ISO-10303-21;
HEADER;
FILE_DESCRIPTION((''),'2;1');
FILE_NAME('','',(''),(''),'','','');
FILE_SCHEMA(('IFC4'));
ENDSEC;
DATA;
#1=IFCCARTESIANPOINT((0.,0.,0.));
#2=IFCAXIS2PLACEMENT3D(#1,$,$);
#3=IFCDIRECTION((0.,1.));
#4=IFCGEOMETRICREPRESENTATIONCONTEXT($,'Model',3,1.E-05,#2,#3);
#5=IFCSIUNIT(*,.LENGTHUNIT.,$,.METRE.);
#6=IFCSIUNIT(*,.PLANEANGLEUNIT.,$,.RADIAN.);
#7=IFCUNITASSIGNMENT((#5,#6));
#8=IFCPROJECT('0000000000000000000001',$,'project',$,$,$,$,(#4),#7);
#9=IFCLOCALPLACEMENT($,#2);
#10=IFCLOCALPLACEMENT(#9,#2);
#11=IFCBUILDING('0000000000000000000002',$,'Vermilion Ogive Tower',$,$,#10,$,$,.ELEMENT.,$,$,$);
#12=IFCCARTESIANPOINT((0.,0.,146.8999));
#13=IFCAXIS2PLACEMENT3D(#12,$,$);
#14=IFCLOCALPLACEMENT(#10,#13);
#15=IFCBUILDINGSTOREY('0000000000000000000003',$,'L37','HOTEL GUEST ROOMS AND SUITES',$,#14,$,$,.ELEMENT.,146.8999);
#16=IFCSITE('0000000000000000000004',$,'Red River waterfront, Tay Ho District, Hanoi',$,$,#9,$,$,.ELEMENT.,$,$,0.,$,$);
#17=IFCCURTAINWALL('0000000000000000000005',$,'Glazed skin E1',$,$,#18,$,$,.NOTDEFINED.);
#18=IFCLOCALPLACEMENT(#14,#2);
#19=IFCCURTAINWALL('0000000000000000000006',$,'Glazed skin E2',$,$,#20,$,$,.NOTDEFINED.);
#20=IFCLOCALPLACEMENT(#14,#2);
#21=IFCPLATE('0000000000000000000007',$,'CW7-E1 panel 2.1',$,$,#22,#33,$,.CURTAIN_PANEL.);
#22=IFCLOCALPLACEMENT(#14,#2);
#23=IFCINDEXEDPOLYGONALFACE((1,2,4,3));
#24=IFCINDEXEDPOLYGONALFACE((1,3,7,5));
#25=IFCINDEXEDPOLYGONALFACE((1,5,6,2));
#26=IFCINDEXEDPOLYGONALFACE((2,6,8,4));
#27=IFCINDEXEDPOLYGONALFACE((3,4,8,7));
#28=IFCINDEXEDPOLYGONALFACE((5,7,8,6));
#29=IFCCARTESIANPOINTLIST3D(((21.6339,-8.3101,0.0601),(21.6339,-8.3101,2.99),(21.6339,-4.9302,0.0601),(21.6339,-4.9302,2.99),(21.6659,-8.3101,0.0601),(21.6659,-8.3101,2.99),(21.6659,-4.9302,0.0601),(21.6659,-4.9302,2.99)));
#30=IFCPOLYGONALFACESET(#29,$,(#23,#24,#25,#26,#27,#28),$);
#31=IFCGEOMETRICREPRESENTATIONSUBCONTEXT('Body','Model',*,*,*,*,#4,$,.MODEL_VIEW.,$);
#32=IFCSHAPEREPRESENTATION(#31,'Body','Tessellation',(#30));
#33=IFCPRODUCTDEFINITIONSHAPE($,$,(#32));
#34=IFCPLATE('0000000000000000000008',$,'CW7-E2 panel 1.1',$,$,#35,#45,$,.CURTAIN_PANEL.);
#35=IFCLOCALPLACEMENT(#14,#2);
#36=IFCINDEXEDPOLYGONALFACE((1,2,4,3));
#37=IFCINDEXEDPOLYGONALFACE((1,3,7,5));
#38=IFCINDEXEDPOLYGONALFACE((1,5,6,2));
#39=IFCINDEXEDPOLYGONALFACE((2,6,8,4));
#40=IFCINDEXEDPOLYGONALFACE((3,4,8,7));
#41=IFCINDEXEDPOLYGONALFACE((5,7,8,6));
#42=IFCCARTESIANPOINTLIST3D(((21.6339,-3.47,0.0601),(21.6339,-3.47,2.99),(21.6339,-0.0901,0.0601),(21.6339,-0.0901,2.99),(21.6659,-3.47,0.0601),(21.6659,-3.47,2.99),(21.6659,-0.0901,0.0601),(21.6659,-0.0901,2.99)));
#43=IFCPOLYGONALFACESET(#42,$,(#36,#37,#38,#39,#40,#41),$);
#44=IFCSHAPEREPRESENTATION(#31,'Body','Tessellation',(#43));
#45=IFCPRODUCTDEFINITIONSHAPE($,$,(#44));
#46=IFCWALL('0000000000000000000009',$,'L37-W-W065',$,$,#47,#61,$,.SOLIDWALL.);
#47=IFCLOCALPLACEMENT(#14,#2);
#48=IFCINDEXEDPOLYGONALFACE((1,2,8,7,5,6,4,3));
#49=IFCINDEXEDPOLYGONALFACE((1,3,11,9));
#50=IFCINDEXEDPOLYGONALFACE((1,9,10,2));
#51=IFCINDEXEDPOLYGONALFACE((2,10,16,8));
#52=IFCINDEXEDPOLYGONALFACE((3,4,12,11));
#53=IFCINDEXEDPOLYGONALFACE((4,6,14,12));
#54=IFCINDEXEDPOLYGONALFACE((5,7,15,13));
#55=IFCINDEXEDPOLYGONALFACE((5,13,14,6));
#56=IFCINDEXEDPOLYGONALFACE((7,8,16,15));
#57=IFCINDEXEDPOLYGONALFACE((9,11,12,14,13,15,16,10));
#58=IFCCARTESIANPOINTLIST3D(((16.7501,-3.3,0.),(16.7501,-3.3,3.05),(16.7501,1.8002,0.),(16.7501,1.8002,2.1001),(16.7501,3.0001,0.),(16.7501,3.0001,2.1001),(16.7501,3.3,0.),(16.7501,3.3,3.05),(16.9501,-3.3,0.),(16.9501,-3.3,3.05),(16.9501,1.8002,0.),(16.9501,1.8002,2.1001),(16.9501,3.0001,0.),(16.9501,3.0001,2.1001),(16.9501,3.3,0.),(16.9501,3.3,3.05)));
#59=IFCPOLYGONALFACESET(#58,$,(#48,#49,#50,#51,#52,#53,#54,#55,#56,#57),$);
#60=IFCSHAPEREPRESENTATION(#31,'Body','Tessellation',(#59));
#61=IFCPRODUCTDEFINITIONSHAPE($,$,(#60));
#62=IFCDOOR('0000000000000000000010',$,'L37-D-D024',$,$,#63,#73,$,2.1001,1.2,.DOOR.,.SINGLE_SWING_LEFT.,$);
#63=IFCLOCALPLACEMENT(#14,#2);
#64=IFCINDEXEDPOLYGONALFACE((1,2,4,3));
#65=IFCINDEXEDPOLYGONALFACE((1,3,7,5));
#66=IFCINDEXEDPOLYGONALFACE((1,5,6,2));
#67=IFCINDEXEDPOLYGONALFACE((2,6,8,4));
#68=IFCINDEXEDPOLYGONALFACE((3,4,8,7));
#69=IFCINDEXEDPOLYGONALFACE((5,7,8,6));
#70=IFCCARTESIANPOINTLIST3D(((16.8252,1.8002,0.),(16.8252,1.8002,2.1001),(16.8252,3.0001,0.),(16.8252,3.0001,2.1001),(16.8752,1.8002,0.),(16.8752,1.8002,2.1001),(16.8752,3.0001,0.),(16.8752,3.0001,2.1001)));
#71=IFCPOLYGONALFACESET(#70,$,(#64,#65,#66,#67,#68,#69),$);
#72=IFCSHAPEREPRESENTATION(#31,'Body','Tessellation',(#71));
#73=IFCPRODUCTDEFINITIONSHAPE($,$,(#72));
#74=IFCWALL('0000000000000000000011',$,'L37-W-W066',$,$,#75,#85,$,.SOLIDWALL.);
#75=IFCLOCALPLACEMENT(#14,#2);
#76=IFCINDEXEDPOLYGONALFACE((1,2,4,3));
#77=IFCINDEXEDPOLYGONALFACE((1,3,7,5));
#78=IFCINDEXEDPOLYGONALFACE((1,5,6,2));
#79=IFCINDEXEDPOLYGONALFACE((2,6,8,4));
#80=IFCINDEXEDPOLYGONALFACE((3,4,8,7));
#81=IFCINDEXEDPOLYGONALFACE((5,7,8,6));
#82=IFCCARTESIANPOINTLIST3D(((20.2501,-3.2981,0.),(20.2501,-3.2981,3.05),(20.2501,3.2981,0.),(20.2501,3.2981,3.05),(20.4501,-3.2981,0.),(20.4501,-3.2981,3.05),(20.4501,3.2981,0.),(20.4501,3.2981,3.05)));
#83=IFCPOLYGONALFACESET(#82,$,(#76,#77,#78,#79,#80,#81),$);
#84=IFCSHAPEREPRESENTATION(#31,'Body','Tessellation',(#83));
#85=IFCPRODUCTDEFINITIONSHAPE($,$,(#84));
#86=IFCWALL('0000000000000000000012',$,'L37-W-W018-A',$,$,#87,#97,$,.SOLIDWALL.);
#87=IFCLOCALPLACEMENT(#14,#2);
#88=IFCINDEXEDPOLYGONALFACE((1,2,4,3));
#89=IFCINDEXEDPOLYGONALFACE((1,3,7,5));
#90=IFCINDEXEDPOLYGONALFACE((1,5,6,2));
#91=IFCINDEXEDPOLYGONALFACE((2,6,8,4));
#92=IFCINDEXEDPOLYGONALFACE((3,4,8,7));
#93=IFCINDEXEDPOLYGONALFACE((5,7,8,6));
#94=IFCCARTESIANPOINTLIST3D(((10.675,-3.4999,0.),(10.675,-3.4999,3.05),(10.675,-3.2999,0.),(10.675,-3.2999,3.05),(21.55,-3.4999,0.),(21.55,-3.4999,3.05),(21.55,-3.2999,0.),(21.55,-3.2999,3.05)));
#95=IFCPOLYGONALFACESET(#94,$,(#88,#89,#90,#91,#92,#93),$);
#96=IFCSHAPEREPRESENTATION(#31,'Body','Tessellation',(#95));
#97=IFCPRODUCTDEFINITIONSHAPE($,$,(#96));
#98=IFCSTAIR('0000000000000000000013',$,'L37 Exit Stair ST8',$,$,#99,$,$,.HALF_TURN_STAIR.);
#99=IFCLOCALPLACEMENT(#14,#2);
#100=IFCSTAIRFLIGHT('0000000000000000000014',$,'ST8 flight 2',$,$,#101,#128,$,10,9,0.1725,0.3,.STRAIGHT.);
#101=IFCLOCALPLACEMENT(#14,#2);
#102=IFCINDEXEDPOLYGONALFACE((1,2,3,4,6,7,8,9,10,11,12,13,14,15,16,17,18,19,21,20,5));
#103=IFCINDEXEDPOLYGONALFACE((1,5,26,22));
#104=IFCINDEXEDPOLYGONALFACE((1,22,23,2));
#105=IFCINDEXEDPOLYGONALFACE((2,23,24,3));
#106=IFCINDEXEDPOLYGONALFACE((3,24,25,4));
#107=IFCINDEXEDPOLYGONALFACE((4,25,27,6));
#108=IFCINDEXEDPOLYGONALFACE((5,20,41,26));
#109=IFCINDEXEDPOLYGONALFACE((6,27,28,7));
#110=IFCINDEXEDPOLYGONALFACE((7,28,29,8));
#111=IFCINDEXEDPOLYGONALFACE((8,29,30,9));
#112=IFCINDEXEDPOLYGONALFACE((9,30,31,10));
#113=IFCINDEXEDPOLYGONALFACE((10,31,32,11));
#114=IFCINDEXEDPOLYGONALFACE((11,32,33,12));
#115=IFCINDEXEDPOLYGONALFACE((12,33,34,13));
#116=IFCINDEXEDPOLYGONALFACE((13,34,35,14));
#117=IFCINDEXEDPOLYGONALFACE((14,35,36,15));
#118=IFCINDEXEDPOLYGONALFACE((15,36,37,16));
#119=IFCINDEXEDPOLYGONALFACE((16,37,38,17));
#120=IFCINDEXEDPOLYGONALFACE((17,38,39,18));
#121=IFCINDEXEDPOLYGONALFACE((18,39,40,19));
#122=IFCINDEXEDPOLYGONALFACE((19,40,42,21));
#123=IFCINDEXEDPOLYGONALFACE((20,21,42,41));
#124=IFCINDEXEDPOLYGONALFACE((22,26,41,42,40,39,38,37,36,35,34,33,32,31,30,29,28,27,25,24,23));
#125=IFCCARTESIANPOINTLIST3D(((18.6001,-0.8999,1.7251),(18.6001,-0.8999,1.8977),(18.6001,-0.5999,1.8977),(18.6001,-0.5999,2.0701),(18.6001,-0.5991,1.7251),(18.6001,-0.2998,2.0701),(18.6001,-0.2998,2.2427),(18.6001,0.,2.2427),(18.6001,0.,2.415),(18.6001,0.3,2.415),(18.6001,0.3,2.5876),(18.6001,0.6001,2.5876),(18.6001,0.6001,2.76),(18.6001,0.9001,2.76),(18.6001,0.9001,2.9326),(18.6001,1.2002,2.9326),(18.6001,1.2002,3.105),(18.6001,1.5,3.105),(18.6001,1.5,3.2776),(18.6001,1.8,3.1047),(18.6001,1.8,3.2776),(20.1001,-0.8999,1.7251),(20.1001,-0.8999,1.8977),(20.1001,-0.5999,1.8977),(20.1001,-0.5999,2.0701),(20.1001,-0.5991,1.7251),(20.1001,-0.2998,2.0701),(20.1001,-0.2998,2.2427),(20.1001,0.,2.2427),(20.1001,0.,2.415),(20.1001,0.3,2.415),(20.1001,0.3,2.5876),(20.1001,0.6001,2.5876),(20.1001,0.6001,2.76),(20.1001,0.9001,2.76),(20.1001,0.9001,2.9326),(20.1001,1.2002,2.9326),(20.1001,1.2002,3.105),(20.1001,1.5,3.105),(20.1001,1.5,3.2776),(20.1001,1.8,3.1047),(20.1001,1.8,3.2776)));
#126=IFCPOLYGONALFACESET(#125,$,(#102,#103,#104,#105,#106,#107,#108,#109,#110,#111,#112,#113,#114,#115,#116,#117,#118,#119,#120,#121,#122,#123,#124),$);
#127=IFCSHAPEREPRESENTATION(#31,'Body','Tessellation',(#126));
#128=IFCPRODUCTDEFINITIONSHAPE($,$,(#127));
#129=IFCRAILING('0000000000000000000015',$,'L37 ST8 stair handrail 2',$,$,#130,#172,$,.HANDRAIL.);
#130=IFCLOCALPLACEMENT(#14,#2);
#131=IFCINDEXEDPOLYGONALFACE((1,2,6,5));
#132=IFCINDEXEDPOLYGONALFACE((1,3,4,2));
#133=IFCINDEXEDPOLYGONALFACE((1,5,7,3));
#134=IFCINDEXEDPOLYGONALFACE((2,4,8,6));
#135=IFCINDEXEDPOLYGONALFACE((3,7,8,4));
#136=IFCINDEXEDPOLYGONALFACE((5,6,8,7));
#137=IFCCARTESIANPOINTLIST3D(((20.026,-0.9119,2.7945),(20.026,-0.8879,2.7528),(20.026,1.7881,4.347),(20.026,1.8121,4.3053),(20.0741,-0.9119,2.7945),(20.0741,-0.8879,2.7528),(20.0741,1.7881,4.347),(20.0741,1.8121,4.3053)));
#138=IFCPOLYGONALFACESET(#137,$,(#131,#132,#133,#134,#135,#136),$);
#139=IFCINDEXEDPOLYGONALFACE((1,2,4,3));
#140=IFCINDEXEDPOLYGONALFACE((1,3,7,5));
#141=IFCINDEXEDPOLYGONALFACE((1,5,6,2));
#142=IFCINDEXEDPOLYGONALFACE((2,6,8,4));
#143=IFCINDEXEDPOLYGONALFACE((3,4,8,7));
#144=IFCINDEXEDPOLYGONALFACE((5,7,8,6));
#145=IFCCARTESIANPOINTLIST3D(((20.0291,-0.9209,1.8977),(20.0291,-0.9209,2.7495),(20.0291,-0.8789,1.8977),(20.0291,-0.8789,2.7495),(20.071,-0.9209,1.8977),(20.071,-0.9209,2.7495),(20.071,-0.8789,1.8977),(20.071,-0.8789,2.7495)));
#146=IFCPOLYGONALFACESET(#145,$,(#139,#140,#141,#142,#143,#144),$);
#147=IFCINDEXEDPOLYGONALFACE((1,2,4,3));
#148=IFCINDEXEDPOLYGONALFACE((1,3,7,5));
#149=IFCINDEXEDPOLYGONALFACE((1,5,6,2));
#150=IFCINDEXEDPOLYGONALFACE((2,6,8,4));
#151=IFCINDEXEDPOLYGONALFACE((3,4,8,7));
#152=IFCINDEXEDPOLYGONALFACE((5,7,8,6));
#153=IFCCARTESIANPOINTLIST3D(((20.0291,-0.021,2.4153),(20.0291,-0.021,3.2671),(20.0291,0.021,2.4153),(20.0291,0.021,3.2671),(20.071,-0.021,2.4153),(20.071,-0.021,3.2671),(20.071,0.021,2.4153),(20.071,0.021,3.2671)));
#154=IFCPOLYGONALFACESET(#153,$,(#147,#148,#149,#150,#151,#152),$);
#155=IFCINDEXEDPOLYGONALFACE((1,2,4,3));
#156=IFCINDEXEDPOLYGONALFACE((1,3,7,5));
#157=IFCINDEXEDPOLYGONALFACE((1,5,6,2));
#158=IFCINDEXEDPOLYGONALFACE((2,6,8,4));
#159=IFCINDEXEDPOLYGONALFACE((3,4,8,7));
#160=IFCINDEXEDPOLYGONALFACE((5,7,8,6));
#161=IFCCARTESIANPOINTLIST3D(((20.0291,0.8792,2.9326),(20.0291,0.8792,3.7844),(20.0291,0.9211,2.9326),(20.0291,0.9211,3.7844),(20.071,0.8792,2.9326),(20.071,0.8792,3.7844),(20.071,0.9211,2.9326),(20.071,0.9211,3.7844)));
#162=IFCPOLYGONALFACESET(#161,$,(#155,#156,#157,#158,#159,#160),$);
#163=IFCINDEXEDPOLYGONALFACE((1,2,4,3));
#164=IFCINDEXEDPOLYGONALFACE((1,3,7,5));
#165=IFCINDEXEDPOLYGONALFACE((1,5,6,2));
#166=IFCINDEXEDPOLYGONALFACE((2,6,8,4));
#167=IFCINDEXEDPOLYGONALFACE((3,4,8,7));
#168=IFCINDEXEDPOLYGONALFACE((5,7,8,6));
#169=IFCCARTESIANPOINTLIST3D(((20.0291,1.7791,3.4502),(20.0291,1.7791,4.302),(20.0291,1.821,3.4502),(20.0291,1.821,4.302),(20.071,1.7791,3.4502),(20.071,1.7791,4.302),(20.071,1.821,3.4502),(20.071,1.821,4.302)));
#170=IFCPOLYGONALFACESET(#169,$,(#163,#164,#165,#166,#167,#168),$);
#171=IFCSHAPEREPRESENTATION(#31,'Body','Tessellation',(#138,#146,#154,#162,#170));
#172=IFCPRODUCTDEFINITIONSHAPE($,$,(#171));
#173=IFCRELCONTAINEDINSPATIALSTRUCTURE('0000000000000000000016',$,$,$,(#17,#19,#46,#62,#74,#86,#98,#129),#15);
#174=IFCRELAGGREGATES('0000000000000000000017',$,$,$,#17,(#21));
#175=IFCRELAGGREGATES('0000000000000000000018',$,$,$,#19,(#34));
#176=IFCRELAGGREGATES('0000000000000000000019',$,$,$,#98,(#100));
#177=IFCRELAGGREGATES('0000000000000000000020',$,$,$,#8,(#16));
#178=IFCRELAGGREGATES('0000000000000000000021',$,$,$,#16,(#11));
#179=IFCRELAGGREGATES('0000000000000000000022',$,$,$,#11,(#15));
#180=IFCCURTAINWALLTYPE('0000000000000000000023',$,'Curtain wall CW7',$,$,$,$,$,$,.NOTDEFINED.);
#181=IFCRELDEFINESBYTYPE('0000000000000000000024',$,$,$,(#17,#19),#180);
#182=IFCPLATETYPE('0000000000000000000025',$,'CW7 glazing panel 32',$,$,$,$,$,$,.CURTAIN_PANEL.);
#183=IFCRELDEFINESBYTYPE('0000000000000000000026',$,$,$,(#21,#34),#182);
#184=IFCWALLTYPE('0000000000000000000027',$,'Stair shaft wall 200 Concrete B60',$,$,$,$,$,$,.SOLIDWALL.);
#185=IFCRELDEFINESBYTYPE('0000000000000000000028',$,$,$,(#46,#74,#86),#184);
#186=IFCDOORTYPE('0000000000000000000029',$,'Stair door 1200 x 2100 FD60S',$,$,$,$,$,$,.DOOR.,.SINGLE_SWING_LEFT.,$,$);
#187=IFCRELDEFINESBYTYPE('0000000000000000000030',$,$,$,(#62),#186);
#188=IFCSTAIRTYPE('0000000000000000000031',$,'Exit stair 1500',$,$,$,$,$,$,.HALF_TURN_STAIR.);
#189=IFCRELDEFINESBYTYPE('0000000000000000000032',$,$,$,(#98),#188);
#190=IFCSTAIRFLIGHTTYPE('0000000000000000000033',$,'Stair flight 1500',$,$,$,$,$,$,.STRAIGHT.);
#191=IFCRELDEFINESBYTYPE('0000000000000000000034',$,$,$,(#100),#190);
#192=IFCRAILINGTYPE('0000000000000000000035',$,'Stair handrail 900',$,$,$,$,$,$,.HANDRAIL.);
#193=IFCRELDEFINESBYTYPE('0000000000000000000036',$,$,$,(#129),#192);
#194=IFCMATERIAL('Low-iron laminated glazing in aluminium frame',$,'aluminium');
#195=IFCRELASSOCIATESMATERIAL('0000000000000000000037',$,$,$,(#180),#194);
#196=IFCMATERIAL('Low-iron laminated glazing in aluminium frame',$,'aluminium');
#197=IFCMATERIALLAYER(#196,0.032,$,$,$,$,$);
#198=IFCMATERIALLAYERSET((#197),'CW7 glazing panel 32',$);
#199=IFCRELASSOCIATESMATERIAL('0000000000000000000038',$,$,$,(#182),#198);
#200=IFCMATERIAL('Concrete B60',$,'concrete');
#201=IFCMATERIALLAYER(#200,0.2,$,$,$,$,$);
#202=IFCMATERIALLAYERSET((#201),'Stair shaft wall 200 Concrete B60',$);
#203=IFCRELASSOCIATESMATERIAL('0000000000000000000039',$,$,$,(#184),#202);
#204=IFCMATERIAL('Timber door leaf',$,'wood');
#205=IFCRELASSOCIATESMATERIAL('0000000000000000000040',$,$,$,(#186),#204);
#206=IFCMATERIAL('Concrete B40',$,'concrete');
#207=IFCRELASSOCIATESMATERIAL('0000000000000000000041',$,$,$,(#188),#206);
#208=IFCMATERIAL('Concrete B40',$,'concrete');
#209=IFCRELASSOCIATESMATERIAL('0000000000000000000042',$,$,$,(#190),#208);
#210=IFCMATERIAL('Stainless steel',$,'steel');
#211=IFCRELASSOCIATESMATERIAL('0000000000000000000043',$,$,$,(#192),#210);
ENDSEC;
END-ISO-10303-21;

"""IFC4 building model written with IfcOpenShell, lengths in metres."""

from ifc_helpers import new_model, si_unit, direction, frame, frame_2d, origin, origin_2d, place, context, subcontext, project, spatial, polyline, rectangle, outline, extrude, material, layer, layer_set, type_object, element, fill, aggregate, save


model = new_model("IFC4")

# Units and contexts
model_context = context("Model", 3, precision=1e-05, world=origin(), true_north=direction((0.0, 1.0)))
body_context = subcontext(model_context, "Body", "Model", "MODEL_VIEW")
ifc_project = project(units=[si_unit("LENGTHUNIT", "METRE"), si_unit("PLANEANGLEUNIT", "RADIAN")], contexts=[model_context])

# Site, building, storey
site_placement = place(None, origin())
site = spatial("IfcSite", under=ifc_project, at=site_placement, Name="Red River waterfront, Tay Ho District, Hanoi", CompositionType="ELEMENT", RefElevation=0.0)
building_placement = place(site_placement, origin())
building = spatial("IfcBuilding", under=site, at=building_placement, Name="Vermilion Ogive Tower", CompositionType="ELEMENT")
storey_placement = place(building_placement, frame((0.0, 0.0, 146.8999)))
storey = spatial("IfcBuildingStorey", under=building, at=storey_placement, Name="L37", Description="HOTEL GUEST ROOMS AND SUITES", CompositionType="ELEMENT", Elevation=146.8999)

# Curtain walls
ifc_material_1 = material(Name="Low-iron laminated glazing in aluminium frame", Category="aluminium")
curtain_wall_type = type_object("IfcCurtainWallType", Name="Curtain wall CW7", PredefinedType="NOTDEFINED", material=ifc_material_1)
curtain_wall_1_placement = place(storey_placement, origin())
curtain_wall_1 = element("IfcCurtainWall", 1, at=curtain_wall_1_placement, inside=storey, type_object=curtain_wall_type, Name="Glazed skin E1", PredefinedType="NOTDEFINED")
curtain_wall_2_placement = place(storey_placement, origin())
curtain_wall_2 = element("IfcCurtainWall", 2, at=curtain_wall_2_placement, inside=storey, type_object=curtain_wall_type, Name="Glazed skin E2", PredefinedType="NOTDEFINED")

# Plates
ifc_material_2 = material(Name="Low-iron laminated glazing in aluminium frame", Category="aluminium")
ifc_layer_1 = layer(ifc_material_2, 0.032)
ifc_layer_set_1 = layer_set([ifc_layer_1], Name="CW7 glazing panel 32")
plate_type = type_object("IfcPlateType", Name="CW7 glazing panel 32", PredefinedType="CURTAIN_PANEL", material=ifc_layer_set_1)
plate_1_placement = place(storey_placement, frame((21.6499, -6.6201, 0.0601), z_axis=(0.0, 0.0, 1.0), x_axis=(0.0, 1.0, 0.0)))
plate_1 = element("IfcPlate", 3, at=plate_1_placement, type_object=plate_type, Name="CW7-E1 panel 2.1", PredefinedType="CURTAIN_PANEL", context=body_context, shape_type="SweptSolid", body=[
    extrude(rectangle(XDim=3.3799, YDim=0.032, at=origin_2d()), origin(), (0.0, 0.0, 1.0), 2.9299),
])
aggregate(curtain_wall_1, [plate_1])
plate_2_placement = place(storey_placement, frame((21.6499, -1.78, 0.0601), z_axis=(0.0, 0.0, 1.0), x_axis=(0.0, 1.0, 0.0)))
plate_2 = element("IfcPlate", 4, at=plate_2_placement, type_object=plate_type, Name="CW7-E2 panel 1.1", PredefinedType="CURTAIN_PANEL", context=body_context, shape_type="SweptSolid", body=[
    extrude(rectangle(XDim=3.3799, YDim=0.032, at=origin_2d()), origin(), (0.0, 0.0, 1.0), 2.9299),
])
aggregate(curtain_wall_2, [plate_2])

# Wall, opening, door
ifc_material_3 = material(Name="Concrete B60", Category="concrete")
ifc_layer_2 = layer(ifc_material_3, 0.2)
ifc_layer_set_2 = layer_set([ifc_layer_2], Name="Stair shaft wall 200 Concrete B60")
wall_type = type_object("IfcWallType", Name="Stair shaft wall 200 Concrete B60", PredefinedType="SOLIDWALL", material=ifc_layer_set_2)
wall_1_placement = place(storey_placement, frame((16.8501, -3.3, 0.0), z_axis=(0.0, 0.0, 1.0), x_axis=(0.0, 1.0, 0.0)))
wall_1 = element("IfcWall", 5, at=wall_1_placement, inside=storey, type_object=wall_type, Name="L37-W-W065", PredefinedType="SOLIDWALL", context=body_context, shape_type="SweptSolid", body=[
    extrude(rectangle(XDim=6.6001, YDim=0.2, at=frame_2d((3.3, 0.0))), origin(), (0.0, 0.0, 1.0), 3.05),
])
opening_placement = place(wall_1_placement, frame((5.1001, 0.0, 0.0)))
opening = element("IfcOpeningElement", 6, at=opening_placement, cuts=wall_1, PredefinedType="OPENING", context=body_context, shape_type="SweptSolid", body=[
    extrude(rectangle(XDim=1.2, YDim=2.1001, at=frame_2d((0.6001, 1.05))), frame((0.0, 0.1099, 0.0), z_axis=(0.0, -1.0, 0.0), x_axis=(1.0, 0.0, 0.0)), (0.0, 0.0, 1.0), 0.22),
])
ifc_material_4 = material(Name="Timber door leaf", Category="wood")
door_type = type_object("IfcDoorType", Name="Stair door 1200 x 2100 FD60S", OperationType="SINGLE_SWING_LEFT", PredefinedType="DOOR", material=ifc_material_4)
door_placement = place(opening_placement, origin())
door = element("IfcDoor", 7, at=door_placement, inside=storey, type_object=door_type, Name="L37-D-D024", OperationType="SINGLE_SWING_LEFT", OverallHeight=2.1001, OverallWidth=1.2, PredefinedType="DOOR", context=body_context, shape_type="SweptSolid", body=[
    extrude(rectangle(XDim=1.2, YDim=2.1001, at=frame_2d((0.6001, 1.05))), frame((0.0, 0.0249, 0.0), z_axis=(0.0, -1.0, 0.0), x_axis=(1.0, 0.0, 0.0)), (0.0, 0.0, 1.0), 0.05),
])
fill(opening, door)

# Walls
wall_2_placement = place(storey_placement, frame((20.3501, -3.2981, 0.0), z_axis=(0.0, 0.0, 1.0), x_axis=(0.0, 1.0, 0.0)))
element("IfcWall", 8, at=wall_2_placement, inside=storey, type_object=wall_type, Name="L37-W-W066", PredefinedType="SOLIDWALL", context=body_context, shape_type="SweptSolid", body=[
    extrude(rectangle(XDim=6.5962, YDim=0.2, at=frame_2d((3.2981, 0.0))), origin(), (0.0, 0.0, 1.0), 3.05),
])
wall_3_placement = place(storey_placement, frame((10.675, -3.3999, 0.0), z_axis=(0.0, 0.0, 1.0), x_axis=(1.0, 0.0, 0.0)))
element("IfcWall", 9, at=wall_3_placement, inside=storey, type_object=wall_type, Name="L37-W-W018-A", PredefinedType="SOLIDWALL", context=body_context, shape_type="SweptSolid", body=[
    extrude(rectangle(XDim=10.875, YDim=0.2, at=frame_2d((5.4375, 0.0))), origin(), (0.0, 0.0, 1.0), 3.05),
])

# Stair, stair flight
ifc_material_5 = material(Name="Concrete B40", Category="concrete")
stair_type = type_object("IfcStairType", Name="Exit stair 1500", PredefinedType="HALF_TURN_STAIR", material=ifc_material_5)
stair_placement = place(storey_placement, origin())
stair = element("IfcStair", 10, at=stair_placement, inside=storey, type_object=stair_type, Name="L37 Exit Stair ST8", PredefinedType="HALF_TURN_STAIR")
ifc_material_6 = material(Name="Concrete B40", Category="concrete")
stair_flight_type = type_object("IfcStairFlightType", Name="Stair flight 1500", PredefinedType="STRAIGHT", material=ifc_material_6)
stair_flight_placement = place(storey_placement, frame((19.3501, -0.8999, 1.7251), z_axis=(0.0, 0.0, 1.0), x_axis=(0.0, 1.0, 0.0)))
stair_flight = element("IfcStairFlight", 11, at=stair_flight_placement, type_object=stair_flight_type, Name="ST8 flight 2", NumberOfRisers=10, NumberOfTreads=9, PredefinedType="STRAIGHT", RiserHeight=0.1725, TreadLength=0.3, context=body_context, shape_type="SweptSolid", body=[
    extrude(outline(polyline([(0.0, 0.0), (0.0, 0.1726), (0.3, 0.1726), (0.3, 0.345), (0.6001, 0.345), (0.6001, 0.5176), (0.8999, 0.5176), (0.8999, 0.6899), (1.2, 0.6899), (1.2, 0.8625), (1.5, 0.8625), (1.5, 1.0349), (1.8, 1.0349), (1.8, 1.2075), (2.1001, 1.2075), (2.1001, 1.3799), (2.3999, 1.3799), (2.3999, 1.5525), (2.7, 1.5525), (2.7, 1.7251), (2.7, 1.3796), (0.3008, 0.0), (0.0, 0.0)])), frame((0.0, 0.75, 0.0), z_axis=(0.0, -1.0, 0.0), x_axis=(1.0, 0.0, 0.0)), (0.0, 0.0, 1.0), 1.5),
])
aggregate(stair, [stair_flight])

# Railing
ifc_material_7 = material(Name="Stainless steel", Category="steel")
railing_type = type_object("IfcRailingType", Name="Stair handrail 900", PredefinedType="HANDRAIL", material=ifc_material_7)
railing_placement = place(storey_placement, frame((20.05, -0.8999, 1.8977)))
element("IfcRailing", 12, at=railing_placement, inside=storey, type_object=railing_type, Name="L37 ST8 stair handrail 2", PredefinedType="HANDRAIL", context=body_context, shape_type="SweptSolid", body=[
    extrude(rectangle(XDim=0.0481, YDim=0.0481, at=origin_2d()), frame((0.0, 0.0, 0.876), z_axis=(0.0, 0.866904, 0.498476), x_axis=(-1.0, 0.0, 0.0)), (0.0, 0.0, 1.0), 3.1145),
    extrude(rectangle(XDim=0.042, YDim=0.042, at=origin_2d()), origin(), (0.0, 0.0, 1.0), 0.8518),
    extrude(rectangle(XDim=0.042, YDim=0.042, at=origin_2d()), frame((0.0, 0.8999, 0.5176)), (0.0, 0.0, 1.0), 0.8518),
    extrude(rectangle(XDim=0.042, YDim=0.042, at=origin_2d()), frame((0.0, 1.8, 1.0349)), (0.0, 0.0, 1.0), 0.8518),
    extrude(rectangle(XDim=0.042, YDim=0.042, at=origin_2d()), frame((0.0, 2.7, 1.5525)), (0.0, 0.0, 1.0), 0.8518),
])

save(model, "model.ifc")
